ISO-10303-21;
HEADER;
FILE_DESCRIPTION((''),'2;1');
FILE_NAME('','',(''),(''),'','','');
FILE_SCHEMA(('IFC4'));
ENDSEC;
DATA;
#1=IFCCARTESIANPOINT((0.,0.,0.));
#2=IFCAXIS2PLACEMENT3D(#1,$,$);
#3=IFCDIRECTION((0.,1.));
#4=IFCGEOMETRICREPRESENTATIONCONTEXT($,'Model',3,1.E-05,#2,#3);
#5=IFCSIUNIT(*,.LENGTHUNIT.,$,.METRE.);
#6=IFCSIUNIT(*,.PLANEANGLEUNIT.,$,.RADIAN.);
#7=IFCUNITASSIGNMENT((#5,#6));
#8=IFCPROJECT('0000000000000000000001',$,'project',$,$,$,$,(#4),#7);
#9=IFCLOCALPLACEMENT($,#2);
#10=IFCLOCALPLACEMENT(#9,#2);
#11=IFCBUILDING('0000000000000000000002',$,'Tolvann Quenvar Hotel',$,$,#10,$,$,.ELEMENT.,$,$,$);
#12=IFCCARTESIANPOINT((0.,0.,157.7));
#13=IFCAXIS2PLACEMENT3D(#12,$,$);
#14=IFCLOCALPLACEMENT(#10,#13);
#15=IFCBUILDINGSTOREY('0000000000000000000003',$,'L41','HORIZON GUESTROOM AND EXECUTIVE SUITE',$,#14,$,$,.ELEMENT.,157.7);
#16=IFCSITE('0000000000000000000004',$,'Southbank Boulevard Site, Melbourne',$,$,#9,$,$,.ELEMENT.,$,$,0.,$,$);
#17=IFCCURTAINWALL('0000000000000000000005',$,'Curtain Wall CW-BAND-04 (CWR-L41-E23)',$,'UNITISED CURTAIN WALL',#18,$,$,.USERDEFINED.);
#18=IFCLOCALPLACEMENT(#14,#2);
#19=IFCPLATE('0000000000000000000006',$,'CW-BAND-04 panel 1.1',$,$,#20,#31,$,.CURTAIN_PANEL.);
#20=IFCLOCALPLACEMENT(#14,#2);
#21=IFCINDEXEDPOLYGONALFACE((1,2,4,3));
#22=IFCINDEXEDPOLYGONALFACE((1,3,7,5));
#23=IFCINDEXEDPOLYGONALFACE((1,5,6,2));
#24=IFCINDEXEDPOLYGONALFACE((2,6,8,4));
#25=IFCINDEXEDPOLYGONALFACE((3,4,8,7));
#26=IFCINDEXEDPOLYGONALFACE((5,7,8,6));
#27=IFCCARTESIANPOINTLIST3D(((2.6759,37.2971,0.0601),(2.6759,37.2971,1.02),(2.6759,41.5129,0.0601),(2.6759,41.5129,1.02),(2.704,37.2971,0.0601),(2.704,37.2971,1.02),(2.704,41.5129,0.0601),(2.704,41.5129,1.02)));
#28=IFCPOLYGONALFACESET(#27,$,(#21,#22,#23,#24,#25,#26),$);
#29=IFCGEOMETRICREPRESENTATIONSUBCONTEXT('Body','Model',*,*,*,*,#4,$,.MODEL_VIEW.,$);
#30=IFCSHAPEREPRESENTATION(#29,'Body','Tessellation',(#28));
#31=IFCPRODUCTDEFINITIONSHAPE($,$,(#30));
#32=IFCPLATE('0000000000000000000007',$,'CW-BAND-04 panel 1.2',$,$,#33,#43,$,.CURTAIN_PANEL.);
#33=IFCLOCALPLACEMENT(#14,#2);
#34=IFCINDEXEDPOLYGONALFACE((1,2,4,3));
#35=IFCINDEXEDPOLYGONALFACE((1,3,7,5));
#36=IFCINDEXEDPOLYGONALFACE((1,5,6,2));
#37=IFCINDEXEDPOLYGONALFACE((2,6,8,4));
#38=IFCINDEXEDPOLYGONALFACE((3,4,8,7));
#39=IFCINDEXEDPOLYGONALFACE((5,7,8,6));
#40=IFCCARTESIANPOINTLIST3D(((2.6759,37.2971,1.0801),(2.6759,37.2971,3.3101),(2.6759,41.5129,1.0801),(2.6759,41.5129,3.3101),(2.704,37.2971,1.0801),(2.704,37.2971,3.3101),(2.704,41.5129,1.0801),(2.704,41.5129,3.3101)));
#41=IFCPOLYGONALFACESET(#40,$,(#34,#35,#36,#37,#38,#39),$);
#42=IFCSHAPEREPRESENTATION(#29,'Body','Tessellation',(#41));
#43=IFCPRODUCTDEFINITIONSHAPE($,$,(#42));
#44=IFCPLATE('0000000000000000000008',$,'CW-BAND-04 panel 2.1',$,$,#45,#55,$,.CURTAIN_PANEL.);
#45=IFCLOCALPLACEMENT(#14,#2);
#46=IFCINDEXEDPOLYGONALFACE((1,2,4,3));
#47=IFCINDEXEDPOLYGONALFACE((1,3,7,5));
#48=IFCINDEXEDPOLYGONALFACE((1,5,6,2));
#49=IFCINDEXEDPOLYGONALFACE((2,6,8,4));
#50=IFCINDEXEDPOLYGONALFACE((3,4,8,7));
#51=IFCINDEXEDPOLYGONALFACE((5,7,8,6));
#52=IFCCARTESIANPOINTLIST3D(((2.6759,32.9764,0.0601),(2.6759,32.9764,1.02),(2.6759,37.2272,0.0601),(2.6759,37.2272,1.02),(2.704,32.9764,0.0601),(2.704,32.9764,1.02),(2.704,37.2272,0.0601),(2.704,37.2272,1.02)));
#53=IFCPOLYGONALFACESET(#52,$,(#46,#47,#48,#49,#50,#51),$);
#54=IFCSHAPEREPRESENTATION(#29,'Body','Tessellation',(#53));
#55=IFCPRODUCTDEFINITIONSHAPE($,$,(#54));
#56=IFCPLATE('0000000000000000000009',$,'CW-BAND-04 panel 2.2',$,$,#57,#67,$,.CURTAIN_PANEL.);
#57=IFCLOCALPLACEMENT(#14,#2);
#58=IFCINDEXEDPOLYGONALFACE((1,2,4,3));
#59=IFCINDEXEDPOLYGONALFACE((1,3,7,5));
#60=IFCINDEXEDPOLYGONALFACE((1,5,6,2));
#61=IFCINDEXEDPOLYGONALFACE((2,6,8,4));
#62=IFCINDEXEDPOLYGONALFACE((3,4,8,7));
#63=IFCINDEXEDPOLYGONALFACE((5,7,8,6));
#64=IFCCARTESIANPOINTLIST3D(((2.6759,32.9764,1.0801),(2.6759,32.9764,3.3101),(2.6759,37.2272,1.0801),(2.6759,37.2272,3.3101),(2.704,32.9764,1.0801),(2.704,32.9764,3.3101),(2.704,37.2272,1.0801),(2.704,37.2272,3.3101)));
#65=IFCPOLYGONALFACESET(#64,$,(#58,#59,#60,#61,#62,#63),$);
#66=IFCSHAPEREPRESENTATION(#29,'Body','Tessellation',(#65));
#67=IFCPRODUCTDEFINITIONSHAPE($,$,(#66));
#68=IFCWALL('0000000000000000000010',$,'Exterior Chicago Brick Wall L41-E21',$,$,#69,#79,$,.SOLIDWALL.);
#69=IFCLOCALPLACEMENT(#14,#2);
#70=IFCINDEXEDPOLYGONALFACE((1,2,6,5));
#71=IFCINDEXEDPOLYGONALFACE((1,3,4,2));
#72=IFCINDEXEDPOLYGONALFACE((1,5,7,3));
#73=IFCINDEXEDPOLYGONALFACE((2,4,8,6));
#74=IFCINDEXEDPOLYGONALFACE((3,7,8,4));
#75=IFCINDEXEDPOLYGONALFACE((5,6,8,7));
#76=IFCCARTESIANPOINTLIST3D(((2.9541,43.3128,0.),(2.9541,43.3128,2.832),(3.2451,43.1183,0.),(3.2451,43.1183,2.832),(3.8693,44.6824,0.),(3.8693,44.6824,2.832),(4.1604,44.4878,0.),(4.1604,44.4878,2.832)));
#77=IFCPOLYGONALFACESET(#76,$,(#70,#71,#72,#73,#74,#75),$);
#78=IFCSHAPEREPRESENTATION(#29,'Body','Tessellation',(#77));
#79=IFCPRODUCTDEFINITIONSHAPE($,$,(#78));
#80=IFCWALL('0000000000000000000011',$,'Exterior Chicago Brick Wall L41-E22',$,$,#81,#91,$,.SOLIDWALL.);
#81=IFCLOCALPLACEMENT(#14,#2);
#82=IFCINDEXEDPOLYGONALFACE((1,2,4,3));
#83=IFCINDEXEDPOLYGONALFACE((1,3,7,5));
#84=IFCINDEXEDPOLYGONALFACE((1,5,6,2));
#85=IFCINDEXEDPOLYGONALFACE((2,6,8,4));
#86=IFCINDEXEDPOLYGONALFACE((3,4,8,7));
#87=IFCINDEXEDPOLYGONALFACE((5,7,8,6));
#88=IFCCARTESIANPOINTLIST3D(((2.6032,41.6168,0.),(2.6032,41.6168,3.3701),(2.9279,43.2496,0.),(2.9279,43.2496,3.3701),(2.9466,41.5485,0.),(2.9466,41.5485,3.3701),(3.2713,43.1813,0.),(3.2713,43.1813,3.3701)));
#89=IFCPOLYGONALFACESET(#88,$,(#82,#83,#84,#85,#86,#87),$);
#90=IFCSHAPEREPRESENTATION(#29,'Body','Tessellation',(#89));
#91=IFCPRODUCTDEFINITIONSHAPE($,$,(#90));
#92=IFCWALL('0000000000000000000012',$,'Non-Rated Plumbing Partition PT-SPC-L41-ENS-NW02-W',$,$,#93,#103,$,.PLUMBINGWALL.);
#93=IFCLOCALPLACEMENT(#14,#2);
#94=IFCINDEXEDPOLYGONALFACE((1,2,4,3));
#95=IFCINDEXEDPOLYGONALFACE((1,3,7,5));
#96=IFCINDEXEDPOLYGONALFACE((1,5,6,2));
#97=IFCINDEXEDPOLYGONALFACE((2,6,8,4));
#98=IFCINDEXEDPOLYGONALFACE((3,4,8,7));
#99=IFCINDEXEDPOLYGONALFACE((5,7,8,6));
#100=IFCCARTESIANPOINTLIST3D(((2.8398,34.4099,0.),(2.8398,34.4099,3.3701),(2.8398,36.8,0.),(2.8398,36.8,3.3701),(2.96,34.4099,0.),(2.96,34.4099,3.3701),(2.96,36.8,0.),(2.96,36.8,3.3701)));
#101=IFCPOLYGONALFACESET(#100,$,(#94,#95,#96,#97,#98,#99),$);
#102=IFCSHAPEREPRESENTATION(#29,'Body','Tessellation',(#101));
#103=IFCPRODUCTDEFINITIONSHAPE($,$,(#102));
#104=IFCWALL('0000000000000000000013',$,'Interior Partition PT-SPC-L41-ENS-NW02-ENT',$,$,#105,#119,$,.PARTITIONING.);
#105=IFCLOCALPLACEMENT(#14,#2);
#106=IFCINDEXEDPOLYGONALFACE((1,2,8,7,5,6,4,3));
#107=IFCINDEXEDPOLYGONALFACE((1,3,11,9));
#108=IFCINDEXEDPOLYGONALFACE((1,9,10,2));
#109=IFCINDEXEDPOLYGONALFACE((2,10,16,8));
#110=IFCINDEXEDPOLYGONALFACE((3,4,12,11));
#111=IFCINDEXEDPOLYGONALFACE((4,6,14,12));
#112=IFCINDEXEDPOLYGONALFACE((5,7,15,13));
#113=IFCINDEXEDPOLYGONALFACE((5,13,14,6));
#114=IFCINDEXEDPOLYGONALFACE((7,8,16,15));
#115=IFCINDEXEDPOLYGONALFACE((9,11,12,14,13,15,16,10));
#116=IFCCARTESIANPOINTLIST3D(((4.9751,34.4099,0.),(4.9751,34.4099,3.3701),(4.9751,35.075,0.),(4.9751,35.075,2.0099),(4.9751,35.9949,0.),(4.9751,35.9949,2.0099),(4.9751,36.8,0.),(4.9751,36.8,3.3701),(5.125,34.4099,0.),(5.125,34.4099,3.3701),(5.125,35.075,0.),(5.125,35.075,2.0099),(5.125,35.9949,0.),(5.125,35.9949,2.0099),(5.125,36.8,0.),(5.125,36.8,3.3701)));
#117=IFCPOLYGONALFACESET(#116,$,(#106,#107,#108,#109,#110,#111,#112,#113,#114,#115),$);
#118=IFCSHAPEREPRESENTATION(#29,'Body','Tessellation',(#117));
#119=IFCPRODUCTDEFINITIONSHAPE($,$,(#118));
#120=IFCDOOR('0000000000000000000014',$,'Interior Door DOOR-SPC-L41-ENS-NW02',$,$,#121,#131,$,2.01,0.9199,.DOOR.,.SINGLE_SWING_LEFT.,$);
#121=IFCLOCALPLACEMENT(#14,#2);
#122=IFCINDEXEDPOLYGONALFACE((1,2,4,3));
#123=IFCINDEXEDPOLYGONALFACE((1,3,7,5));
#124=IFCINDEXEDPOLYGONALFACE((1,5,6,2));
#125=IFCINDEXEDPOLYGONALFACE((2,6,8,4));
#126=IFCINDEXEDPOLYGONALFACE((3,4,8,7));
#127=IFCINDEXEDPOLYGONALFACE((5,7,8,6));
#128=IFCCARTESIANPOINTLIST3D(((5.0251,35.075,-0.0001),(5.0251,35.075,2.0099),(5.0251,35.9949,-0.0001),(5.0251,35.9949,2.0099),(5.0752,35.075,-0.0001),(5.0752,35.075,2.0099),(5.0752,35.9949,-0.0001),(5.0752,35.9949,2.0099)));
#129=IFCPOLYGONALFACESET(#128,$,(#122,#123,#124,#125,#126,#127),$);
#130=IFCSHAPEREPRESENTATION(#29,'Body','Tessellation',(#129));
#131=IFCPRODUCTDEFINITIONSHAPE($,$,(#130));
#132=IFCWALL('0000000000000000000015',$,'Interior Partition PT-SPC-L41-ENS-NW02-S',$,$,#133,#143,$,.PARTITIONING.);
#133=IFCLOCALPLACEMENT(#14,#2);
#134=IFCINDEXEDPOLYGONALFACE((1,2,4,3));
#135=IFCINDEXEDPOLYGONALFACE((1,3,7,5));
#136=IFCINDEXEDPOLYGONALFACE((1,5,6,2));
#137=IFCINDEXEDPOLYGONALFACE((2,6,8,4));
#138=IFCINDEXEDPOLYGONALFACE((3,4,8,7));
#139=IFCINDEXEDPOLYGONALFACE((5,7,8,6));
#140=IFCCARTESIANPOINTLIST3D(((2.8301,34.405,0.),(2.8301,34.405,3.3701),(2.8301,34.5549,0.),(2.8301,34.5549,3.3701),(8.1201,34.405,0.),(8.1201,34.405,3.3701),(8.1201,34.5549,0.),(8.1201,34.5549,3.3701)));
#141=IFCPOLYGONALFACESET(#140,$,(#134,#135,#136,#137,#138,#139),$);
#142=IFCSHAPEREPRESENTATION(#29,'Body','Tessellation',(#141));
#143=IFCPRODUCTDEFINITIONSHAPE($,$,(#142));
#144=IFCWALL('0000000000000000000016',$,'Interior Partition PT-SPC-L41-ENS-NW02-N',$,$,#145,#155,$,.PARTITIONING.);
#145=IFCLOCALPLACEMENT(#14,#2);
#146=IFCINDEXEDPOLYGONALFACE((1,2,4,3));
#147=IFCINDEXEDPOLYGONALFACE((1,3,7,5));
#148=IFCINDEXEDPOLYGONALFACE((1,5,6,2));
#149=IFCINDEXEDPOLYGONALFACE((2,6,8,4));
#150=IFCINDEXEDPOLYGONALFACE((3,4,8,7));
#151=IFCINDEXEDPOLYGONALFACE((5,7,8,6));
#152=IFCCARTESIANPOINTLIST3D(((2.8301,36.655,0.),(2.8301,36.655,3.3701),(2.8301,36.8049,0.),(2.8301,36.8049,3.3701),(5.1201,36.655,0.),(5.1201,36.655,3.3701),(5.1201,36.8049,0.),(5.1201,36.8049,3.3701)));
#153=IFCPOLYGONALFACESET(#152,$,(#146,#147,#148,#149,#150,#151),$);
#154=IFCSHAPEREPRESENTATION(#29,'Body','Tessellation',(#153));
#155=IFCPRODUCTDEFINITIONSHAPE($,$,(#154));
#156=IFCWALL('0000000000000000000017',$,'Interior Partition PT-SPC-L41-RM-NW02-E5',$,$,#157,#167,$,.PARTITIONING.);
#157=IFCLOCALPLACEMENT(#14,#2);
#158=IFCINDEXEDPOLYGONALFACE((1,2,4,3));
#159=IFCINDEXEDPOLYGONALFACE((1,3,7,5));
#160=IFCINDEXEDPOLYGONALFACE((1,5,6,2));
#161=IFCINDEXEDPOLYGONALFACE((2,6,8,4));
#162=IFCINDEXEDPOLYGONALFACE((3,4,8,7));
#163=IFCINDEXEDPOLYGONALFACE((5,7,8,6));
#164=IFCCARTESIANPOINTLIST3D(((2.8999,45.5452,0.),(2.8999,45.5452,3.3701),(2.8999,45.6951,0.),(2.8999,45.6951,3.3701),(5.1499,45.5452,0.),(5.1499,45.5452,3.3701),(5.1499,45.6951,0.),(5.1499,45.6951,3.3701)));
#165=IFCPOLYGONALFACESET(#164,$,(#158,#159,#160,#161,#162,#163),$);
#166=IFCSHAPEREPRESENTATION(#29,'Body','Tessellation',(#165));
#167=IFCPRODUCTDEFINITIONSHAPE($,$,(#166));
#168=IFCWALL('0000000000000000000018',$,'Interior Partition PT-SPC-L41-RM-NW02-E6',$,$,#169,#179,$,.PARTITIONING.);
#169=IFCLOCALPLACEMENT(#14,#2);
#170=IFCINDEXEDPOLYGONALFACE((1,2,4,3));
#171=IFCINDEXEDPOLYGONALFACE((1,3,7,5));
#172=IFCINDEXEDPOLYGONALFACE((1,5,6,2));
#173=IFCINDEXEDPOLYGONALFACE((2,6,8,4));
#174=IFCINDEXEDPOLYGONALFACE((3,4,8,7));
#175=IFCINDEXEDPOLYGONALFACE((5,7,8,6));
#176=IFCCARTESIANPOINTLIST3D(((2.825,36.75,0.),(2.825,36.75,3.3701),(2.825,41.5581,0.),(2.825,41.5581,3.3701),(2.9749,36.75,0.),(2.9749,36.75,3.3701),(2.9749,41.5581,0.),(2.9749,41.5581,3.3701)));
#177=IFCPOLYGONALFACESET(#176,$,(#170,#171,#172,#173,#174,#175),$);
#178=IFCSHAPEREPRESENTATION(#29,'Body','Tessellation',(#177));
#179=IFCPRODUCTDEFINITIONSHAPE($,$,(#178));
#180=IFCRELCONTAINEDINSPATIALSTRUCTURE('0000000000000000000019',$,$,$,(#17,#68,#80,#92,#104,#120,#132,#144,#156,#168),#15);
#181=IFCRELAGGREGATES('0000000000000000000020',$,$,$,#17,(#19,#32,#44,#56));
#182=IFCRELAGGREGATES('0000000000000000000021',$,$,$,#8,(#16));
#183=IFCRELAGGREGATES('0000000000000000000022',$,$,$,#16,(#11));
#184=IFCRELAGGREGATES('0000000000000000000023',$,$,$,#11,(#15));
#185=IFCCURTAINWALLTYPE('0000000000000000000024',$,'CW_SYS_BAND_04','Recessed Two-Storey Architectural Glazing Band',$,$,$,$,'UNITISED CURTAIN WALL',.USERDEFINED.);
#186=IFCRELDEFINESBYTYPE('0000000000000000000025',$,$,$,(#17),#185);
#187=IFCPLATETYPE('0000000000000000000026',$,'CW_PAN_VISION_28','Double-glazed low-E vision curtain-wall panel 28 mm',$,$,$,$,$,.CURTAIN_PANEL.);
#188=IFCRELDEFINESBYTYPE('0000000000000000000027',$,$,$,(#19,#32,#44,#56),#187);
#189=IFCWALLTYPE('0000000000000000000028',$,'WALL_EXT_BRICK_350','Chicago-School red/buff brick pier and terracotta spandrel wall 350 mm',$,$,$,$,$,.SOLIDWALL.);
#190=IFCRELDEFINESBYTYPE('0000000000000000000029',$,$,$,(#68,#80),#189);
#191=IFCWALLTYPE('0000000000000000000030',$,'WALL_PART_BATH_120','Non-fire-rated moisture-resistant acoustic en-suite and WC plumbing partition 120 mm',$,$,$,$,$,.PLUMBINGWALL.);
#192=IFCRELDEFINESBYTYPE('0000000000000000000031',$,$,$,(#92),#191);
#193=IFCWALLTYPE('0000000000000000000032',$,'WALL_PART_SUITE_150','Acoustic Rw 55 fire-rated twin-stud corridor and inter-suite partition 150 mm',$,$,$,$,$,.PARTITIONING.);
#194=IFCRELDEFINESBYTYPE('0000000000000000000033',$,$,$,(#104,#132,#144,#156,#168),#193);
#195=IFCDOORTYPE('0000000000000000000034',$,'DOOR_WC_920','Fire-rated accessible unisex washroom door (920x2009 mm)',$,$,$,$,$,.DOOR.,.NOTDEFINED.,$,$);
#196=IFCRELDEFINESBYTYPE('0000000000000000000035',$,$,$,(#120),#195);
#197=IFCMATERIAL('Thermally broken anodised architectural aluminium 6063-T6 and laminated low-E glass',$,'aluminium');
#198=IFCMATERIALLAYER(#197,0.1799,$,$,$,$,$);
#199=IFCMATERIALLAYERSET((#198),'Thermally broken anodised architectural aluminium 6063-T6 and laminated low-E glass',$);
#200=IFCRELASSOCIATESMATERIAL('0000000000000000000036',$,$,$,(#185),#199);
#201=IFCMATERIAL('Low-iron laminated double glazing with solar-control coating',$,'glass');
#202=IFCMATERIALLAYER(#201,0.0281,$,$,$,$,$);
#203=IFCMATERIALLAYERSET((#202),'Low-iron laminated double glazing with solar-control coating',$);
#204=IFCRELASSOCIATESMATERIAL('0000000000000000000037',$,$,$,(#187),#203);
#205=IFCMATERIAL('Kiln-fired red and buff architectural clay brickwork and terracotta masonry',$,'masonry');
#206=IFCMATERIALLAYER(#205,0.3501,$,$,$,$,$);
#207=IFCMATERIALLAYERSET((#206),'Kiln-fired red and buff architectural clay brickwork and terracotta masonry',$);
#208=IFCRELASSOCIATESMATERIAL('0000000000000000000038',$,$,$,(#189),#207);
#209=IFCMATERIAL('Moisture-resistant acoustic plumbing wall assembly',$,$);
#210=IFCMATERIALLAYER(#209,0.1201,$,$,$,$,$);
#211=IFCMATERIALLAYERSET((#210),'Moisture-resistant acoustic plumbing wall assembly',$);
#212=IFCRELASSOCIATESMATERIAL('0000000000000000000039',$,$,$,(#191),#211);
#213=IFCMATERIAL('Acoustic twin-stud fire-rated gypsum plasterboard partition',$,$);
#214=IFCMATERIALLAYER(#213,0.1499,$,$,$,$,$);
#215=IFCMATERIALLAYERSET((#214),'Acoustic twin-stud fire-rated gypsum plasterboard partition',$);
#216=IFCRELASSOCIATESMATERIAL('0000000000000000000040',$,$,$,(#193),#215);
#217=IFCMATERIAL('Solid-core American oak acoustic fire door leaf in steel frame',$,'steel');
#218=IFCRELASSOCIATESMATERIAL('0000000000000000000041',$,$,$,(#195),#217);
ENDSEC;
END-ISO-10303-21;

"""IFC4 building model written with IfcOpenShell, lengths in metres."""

from ifc_helpers import new_model, si_unit, direction, frame, frame_2d, origin, origin_2d, place, context, subcontext, project, spatial, rectangle, extrude, source, transform, mapped, material, layer, layer_set, type_object, type_shapes, element, fill, aggregate, save


model = new_model("IFC4")

# Units and contexts
model_context = context("Model", 3, precision=1e-05, world=origin(), true_north=direction((0.0, 1.0)))
body_context = subcontext(model_context, "Body", "Model", "MODEL_VIEW")
ifc_project = project(units=[si_unit("LENGTHUNIT", "METRE"), si_unit("PLANEANGLEUNIT", "RADIAN")], contexts=[model_context])

# Site, building, storey
site_placement = place(None, origin())
site = spatial("IfcSite", under=ifc_project, at=site_placement, Name="Southbank Boulevard Site, Melbourne", CompositionType="ELEMENT", RefElevation=0.0)
building_placement = place(site_placement, origin())
building = spatial("IfcBuilding", under=site, at=building_placement, Name="Tolvann Quenvar Hotel", CompositionType="ELEMENT")
storey_placement = place(building_placement, frame((0.0, 0.0, 157.7)))
storey = spatial("IfcBuildingStorey", under=building, at=storey_placement, Name="L41", Description="HORIZON GUESTROOM AND EXECUTIVE SUITE", CompositionType="ELEMENT", Elevation=157.7)

# Curtain wall, plates
ifc_material_1 = material(Name="Thermally broken anodised architectural aluminium 6063-T6 and laminated low-E glass", Category="aluminium")
ifc_layer_1 = layer(ifc_material_1, 0.1799)
ifc_layer_set_1 = layer_set([ifc_layer_1], Name="Thermally broken anodised architectural aluminium 6063-T6 and laminated low-E glass")
curtain_wall_type = type_object("IfcCurtainWallType", Name="CW_SYS_BAND_04", Description="Recessed Two-Storey Architectural Glazing Band", ElementType="UNITISED CURTAIN WALL", PredefinedType="USERDEFINED", material=ifc_layer_set_1)
curtain_wall_placement = place(storey_placement, origin())
curtain_wall = element("IfcCurtainWall", 1, at=curtain_wall_placement, inside=storey, type_object=curtain_wall_type, Name="Curtain Wall CW-BAND-04 (CWR-L41-E23)", ObjectType="UNITISED CURTAIN WALL", PredefinedType="USERDEFINED")
ifc_material_2 = material(Name="Low-iron laminated double glazing with solar-control coating", Category="glass")
ifc_layer_2 = layer(ifc_material_2, 0.0281)
ifc_layer_set_2 = layer_set([ifc_layer_2], Name="Low-iron laminated double glazing with solar-control coating")
plate_type = type_object("IfcPlateType", Name="CW_PAN_VISION_28", Description="Double-glazed low-E vision curtain-wall panel 28 mm", PredefinedType="CURTAIN_PANEL", material=ifc_layer_set_2)
shared_shape_1 = source(origin(), body_context, "Body", "SweptSolid", [
    extrude(rectangle(XDim=4.2158, YDim=0.0281, at=origin_2d()), origin(), (0.0, 0.0, 1.0), 0.96),
])
plate_1_placement = place(storey_placement, frame((2.6899, 39.405, 0.0601), z_axis=(0.0, 0.0, 1.0), x_axis=(0.0, -1.0, 0.0)))
plate_1 = element("IfcPlate", 2, at=plate_1_placement, type_object=plate_type, Name="CW-BAND-04 panel 1.1", PredefinedType="CURTAIN_PANEL", context=body_context, shape_type="MappedRepresentation", body=[
    mapped(shared_shape_1, transform((0.0, 0.0, 0.0), x_axis=(1.0, 0.0, 0.0), y_axis=(0.0, 1.0, 0.0), z_axis=(0.0, 0.0, 1.0), scale=1.0)),
])
shared_shape_2 = source(origin(), body_context, "Body", "SweptSolid", [
    extrude(rectangle(XDim=4.2158, YDim=0.0281, at=origin_2d()), origin(), (0.0, 0.0, 1.0), 2.23),
])
plate_2_placement = place(storey_placement, frame((2.6899, 39.405, 1.0801), z_axis=(0.0, 0.0, 1.0), x_axis=(0.0, -1.0, 0.0)))
plate_2 = element("IfcPlate", 3, at=plate_2_placement, type_object=plate_type, Name="CW-BAND-04 panel 1.2", PredefinedType="CURTAIN_PANEL", context=body_context, shape_type="MappedRepresentation", body=[
    mapped(shared_shape_2, transform((0.0, 0.0, 0.0), x_axis=(1.0, 0.0, 0.0), y_axis=(0.0, 1.0, 0.0), z_axis=(0.0, 0.0, 1.0), scale=1.0)),
])
shared_shape_3 = source(origin(), body_context, "Body", "SweptSolid", [
    extrude(rectangle(XDim=4.2507, YDim=0.0281, at=origin_2d()), origin(), (0.0, 0.0, 1.0), 0.96),
])
plate_3_placement = place(storey_placement, frame((2.6899, 35.1018, 0.0601), z_axis=(0.0, 0.0, 1.0), x_axis=(0.0, -1.0, 0.0)))
plate_3 = element("IfcPlate", 4, at=plate_3_placement, type_object=plate_type, Name="CW-BAND-04 panel 2.1", PredefinedType="CURTAIN_PANEL", context=body_context, shape_type="MappedRepresentation", body=[
    mapped(shared_shape_3, transform((0.0, 0.0, 0.0), x_axis=(1.0, 0.0, 0.0), y_axis=(0.0, 1.0, 0.0), z_axis=(0.0, 0.0, 1.0), scale=1.0)),
])
shared_shape_4 = source(origin(), body_context, "Body", "SweptSolid", [
    extrude(rectangle(XDim=4.2507, YDim=0.0281, at=origin_2d()), origin(), (0.0, 0.0, 1.0), 2.23),
])
type_shapes(plate_type, [shared_shape_1, shared_shape_2, shared_shape_3, shared_shape_4])
plate_4_placement = place(storey_placement, frame((2.6899, 35.1018, 1.0801), z_axis=(0.0, 0.0, 1.0), x_axis=(0.0, -1.0, 0.0)))
plate_4 = element("IfcPlate", 5, at=plate_4_placement, type_object=plate_type, Name="CW-BAND-04 panel 2.2", PredefinedType="CURTAIN_PANEL", context=body_context, shape_type="MappedRepresentation", body=[
    mapped(shared_shape_4, transform((0.0, 0.0, 0.0), x_axis=(1.0, 0.0, 0.0), y_axis=(0.0, 1.0, 0.0), z_axis=(0.0, 0.0, 1.0), scale=1.0)),
])
aggregate(curtain_wall, [plate_1, plate_2, plate_3, plate_4])

# Walls
ifc_material_3 = material(Name="Kiln-fired red and buff architectural clay brickwork and terracotta masonry", Category="masonry")
ifc_layer_3 = layer(ifc_material_3, 0.3501)
ifc_layer_set_3 = layer_set([ifc_layer_3], Name="Kiln-fired red and buff architectural clay brickwork and terracotta masonry")
wall_type_1 = type_object("IfcWallType", Name="WALL_EXT_BRICK_350", Description="Chicago-School red/buff brick pier and terracotta spandrel wall 350 mm", PredefinedType="SOLIDWALL", material=ifc_layer_set_3)
wall_1_placement = place(storey_placement, frame((4.0149, 44.5852, 0.0), z_axis=(0.0, 0.0, 1.0), x_axis=(-0.555623, -0.831434, 0.0)))
element("IfcWall", 6, at=wall_1_placement, inside=storey, type_object=wall_type_1, Name="Exterior Chicago Brick Wall L41-E21", PredefinedType="SOLIDWALL", context=body_context, shape_type="SweptSolid", body=[
    extrude(rectangle(XDim=1.6472, YDim=0.3501, at=frame_2d((0.8237, 0.0))), origin(), (0.0, 0.0, 1.0), 2.832),
])
wall_2_placement = place(storey_placement, frame((3.0996, 43.2156, 0.0), z_axis=(0.0, 0.0, 1.0), x_axis=(-0.195044, -0.980794, 0.0)))
element("IfcWall", 7, at=wall_2_placement, inside=storey, type_object=wall_type_1, Name="Exterior Chicago Brick Wall L41-E22", PredefinedType="SOLIDWALL", context=body_context, shape_type="SweptSolid", body=[
    extrude(rectangle(XDim=1.6648, YDim=0.3501, at=frame_2d((0.8325, 0.0))), origin(), (0.0, 0.0, 1.0), 3.3701),
])
ifc_material_4 = material(Name="Moisture-resistant acoustic plumbing wall assembly")
ifc_layer_4 = layer(ifc_material_4, 0.1201)
ifc_layer_set_4 = layer_set([ifc_layer_4], Name="Moisture-resistant acoustic plumbing wall assembly")
wall_type_2 = type_object("IfcWallType", Name="WALL_PART_BATH_120", Description="Non-fire-rated moisture-resistant acoustic en-suite and WC plumbing partition 120 mm", PredefinedType="PLUMBINGWALL", material=ifc_layer_set_4)
wall_3_placement = place(storey_placement, frame((2.8999, 34.4099, 0.0), z_axis=(0.0, 0.0, 1.0), x_axis=(0.0, 1.0, 0.0)))
element("IfcWall", 8, at=wall_3_placement, inside=storey, type_object=wall_type_2, Name="Non-Rated Plumbing Partition PT-SPC-L41-ENS-NW02-W", PredefinedType="PLUMBINGWALL", context=body_context, shape_type="SweptSolid", body=[
    extrude(rectangle(XDim=2.3901, YDim=0.1201, at=frame_2d((1.1951, 0.0))), origin(), (0.0, 0.0, 1.0), 3.3701),
])

# Wall, opening, door
ifc_material_5 = material(Name="Acoustic twin-stud fire-rated gypsum plasterboard partition")
ifc_layer_5 = layer(ifc_material_5, 0.1499)
ifc_layer_set_5 = layer_set([ifc_layer_5], Name="Acoustic twin-stud fire-rated gypsum plasterboard partition")
wall_type_3 = type_object("IfcWallType", Name="WALL_PART_SUITE_150", Description="Acoustic Rw 55 fire-rated twin-stud corridor and inter-suite partition 150 mm", PredefinedType="PARTITIONING", material=ifc_layer_set_5)
wall_4_placement = place(storey_placement, frame((5.05, 34.4099, 0.0), z_axis=(0.0, 0.0, 1.0), x_axis=(0.0, 1.0, 0.0)))
wall_4 = element("IfcWall", 9, at=wall_4_placement, inside=storey, type_object=wall_type_3, Name="Interior Partition PT-SPC-L41-ENS-NW02-ENT", PredefinedType="PARTITIONING", context=body_context, shape_type="SweptSolid", body=[
    extrude(rectangle(XDim=2.3901, YDim=0.1499, at=frame_2d((1.1951, 0.0))), origin(), (0.0, 0.0, 1.0), 3.3701),
])
opening_placement = place(wall_4_placement, frame((0.665, 0.0, 0.0)))
opening = element("IfcOpeningElement", 10, at=opening_placement, cuts=wall_4, PredefinedType="OPENING", context=body_context, shape_type="SweptSolid", body=[
    extrude(rectangle(XDim=0.9199, YDim=2.01, at=frame_2d((0.46, 1.0049))), frame((0.0, 0.085, 0.0), z_axis=(0.0, -1.0, 0.0), x_axis=(1.0, 0.0, 0.0)), (0.0, 0.0, 1.0), 0.1699),
])
ifc_material_6 = material(Name="Solid-core American oak acoustic fire door leaf in steel frame", Category="steel")
door_type = type_object("IfcDoorType", Name="DOOR_WC_920", Description="Fire-rated accessible unisex washroom door (920x2009 mm)", OperationType="NOTDEFINED", PredefinedType="DOOR", material=ifc_material_6)
shared_shape_5 = source(origin(), body_context, "Body", "SweptSolid", [
    extrude(rectangle(XDim=0.9199, YDim=2.01, at=frame_2d((0.46, 1.0049))), frame((0.0, 0.0249, 0.0), z_axis=(0.0, -1.0, 0.0), x_axis=(1.0, 0.0, 0.0)), (0.0, 0.0, 1.0), 0.05),
])
type_shapes(door_type, [shared_shape_5])
door_placement = place(opening_placement, origin())
door = element("IfcDoor", 11, at=door_placement, inside=storey, type_object=door_type, Name="Interior Door DOOR-SPC-L41-ENS-NW02", OperationType="SINGLE_SWING_LEFT", OverallHeight=2.01, OverallWidth=0.9199, PredefinedType="DOOR", context=body_context, shape_type="MappedRepresentation", body=[
    mapped(shared_shape_5, transform((0.0, 0.0, 0.0), x_axis=(1.0, 0.0, 0.0), y_axis=(0.0, 1.0, 0.0), z_axis=(0.0, 0.0, 1.0), scale=1.0)),
])
fill(opening, door)

# Walls
wall_5_placement = place(storey_placement, frame((2.8301, 34.48, 0.0), z_axis=(0.0, 0.0, 1.0), x_axis=(1.0, 0.0, 0.0)))
element("IfcWall", 12, at=wall_5_placement, inside=storey, type_object=wall_type_3, Name="Interior Partition PT-SPC-L41-ENS-NW02-S", PredefinedType="PARTITIONING", context=body_context, shape_type="SweptSolid", body=[
    extrude(rectangle(XDim=5.29, YDim=0.1499, at=frame_2d((2.645, 0.0))), origin(), (0.0, 0.0, 1.0), 3.3701),
])
wall_6_placement = place(storey_placement, frame((2.8301, 36.73, 0.0), z_axis=(0.0, 0.0, 1.0), x_axis=(1.0, 0.0, 0.0)))
element("IfcWall", 13, at=wall_6_placement, inside=storey, type_object=wall_type_3, Name="Interior Partition PT-SPC-L41-ENS-NW02-N", PredefinedType="PARTITIONING", context=body_context, shape_type="SweptSolid", body=[
    extrude(rectangle(XDim=2.29, YDim=0.1499, at=frame_2d((1.145, 0.0))), origin(), (0.0, 0.0, 1.0), 3.3701),
])
wall_7_placement = place(storey_placement, frame((2.8999, 45.6201, 0.0), z_axis=(0.0, 0.0, 1.0), x_axis=(1.0, 0.0, 0.0)))
element("IfcWall", 14, at=wall_7_placement, inside=storey, type_object=wall_type_3, Name="Interior Partition PT-SPC-L41-RM-NW02-E5", PredefinedType="PARTITIONING", context=body_context, shape_type="SweptSolid", body=[
    extrude(rectangle(XDim=2.25, YDim=0.1499, at=frame_2d((1.125, 0.0))), origin(), (0.0, 0.0, 1.0), 3.3701),
])
wall_8_placement = place(storey_placement, frame((2.8999, 36.75, 0.0), z_axis=(0.0, 0.0, 1.0), x_axis=(0.0, 1.0, 0.0)))
element("IfcWall", 15, at=wall_8_placement, inside=storey, type_object=wall_type_3, Name="Interior Partition PT-SPC-L41-RM-NW02-E6", PredefinedType="PARTITIONING", context=body_context, shape_type="SweptSolid", body=[
    extrude(rectangle(XDim=4.8081, YDim=0.1499, at=frame_2d((2.4041, 0.0))), origin(), (0.0, 0.0, 1.0), 3.3701),
])

save(model, "model.ifc")
